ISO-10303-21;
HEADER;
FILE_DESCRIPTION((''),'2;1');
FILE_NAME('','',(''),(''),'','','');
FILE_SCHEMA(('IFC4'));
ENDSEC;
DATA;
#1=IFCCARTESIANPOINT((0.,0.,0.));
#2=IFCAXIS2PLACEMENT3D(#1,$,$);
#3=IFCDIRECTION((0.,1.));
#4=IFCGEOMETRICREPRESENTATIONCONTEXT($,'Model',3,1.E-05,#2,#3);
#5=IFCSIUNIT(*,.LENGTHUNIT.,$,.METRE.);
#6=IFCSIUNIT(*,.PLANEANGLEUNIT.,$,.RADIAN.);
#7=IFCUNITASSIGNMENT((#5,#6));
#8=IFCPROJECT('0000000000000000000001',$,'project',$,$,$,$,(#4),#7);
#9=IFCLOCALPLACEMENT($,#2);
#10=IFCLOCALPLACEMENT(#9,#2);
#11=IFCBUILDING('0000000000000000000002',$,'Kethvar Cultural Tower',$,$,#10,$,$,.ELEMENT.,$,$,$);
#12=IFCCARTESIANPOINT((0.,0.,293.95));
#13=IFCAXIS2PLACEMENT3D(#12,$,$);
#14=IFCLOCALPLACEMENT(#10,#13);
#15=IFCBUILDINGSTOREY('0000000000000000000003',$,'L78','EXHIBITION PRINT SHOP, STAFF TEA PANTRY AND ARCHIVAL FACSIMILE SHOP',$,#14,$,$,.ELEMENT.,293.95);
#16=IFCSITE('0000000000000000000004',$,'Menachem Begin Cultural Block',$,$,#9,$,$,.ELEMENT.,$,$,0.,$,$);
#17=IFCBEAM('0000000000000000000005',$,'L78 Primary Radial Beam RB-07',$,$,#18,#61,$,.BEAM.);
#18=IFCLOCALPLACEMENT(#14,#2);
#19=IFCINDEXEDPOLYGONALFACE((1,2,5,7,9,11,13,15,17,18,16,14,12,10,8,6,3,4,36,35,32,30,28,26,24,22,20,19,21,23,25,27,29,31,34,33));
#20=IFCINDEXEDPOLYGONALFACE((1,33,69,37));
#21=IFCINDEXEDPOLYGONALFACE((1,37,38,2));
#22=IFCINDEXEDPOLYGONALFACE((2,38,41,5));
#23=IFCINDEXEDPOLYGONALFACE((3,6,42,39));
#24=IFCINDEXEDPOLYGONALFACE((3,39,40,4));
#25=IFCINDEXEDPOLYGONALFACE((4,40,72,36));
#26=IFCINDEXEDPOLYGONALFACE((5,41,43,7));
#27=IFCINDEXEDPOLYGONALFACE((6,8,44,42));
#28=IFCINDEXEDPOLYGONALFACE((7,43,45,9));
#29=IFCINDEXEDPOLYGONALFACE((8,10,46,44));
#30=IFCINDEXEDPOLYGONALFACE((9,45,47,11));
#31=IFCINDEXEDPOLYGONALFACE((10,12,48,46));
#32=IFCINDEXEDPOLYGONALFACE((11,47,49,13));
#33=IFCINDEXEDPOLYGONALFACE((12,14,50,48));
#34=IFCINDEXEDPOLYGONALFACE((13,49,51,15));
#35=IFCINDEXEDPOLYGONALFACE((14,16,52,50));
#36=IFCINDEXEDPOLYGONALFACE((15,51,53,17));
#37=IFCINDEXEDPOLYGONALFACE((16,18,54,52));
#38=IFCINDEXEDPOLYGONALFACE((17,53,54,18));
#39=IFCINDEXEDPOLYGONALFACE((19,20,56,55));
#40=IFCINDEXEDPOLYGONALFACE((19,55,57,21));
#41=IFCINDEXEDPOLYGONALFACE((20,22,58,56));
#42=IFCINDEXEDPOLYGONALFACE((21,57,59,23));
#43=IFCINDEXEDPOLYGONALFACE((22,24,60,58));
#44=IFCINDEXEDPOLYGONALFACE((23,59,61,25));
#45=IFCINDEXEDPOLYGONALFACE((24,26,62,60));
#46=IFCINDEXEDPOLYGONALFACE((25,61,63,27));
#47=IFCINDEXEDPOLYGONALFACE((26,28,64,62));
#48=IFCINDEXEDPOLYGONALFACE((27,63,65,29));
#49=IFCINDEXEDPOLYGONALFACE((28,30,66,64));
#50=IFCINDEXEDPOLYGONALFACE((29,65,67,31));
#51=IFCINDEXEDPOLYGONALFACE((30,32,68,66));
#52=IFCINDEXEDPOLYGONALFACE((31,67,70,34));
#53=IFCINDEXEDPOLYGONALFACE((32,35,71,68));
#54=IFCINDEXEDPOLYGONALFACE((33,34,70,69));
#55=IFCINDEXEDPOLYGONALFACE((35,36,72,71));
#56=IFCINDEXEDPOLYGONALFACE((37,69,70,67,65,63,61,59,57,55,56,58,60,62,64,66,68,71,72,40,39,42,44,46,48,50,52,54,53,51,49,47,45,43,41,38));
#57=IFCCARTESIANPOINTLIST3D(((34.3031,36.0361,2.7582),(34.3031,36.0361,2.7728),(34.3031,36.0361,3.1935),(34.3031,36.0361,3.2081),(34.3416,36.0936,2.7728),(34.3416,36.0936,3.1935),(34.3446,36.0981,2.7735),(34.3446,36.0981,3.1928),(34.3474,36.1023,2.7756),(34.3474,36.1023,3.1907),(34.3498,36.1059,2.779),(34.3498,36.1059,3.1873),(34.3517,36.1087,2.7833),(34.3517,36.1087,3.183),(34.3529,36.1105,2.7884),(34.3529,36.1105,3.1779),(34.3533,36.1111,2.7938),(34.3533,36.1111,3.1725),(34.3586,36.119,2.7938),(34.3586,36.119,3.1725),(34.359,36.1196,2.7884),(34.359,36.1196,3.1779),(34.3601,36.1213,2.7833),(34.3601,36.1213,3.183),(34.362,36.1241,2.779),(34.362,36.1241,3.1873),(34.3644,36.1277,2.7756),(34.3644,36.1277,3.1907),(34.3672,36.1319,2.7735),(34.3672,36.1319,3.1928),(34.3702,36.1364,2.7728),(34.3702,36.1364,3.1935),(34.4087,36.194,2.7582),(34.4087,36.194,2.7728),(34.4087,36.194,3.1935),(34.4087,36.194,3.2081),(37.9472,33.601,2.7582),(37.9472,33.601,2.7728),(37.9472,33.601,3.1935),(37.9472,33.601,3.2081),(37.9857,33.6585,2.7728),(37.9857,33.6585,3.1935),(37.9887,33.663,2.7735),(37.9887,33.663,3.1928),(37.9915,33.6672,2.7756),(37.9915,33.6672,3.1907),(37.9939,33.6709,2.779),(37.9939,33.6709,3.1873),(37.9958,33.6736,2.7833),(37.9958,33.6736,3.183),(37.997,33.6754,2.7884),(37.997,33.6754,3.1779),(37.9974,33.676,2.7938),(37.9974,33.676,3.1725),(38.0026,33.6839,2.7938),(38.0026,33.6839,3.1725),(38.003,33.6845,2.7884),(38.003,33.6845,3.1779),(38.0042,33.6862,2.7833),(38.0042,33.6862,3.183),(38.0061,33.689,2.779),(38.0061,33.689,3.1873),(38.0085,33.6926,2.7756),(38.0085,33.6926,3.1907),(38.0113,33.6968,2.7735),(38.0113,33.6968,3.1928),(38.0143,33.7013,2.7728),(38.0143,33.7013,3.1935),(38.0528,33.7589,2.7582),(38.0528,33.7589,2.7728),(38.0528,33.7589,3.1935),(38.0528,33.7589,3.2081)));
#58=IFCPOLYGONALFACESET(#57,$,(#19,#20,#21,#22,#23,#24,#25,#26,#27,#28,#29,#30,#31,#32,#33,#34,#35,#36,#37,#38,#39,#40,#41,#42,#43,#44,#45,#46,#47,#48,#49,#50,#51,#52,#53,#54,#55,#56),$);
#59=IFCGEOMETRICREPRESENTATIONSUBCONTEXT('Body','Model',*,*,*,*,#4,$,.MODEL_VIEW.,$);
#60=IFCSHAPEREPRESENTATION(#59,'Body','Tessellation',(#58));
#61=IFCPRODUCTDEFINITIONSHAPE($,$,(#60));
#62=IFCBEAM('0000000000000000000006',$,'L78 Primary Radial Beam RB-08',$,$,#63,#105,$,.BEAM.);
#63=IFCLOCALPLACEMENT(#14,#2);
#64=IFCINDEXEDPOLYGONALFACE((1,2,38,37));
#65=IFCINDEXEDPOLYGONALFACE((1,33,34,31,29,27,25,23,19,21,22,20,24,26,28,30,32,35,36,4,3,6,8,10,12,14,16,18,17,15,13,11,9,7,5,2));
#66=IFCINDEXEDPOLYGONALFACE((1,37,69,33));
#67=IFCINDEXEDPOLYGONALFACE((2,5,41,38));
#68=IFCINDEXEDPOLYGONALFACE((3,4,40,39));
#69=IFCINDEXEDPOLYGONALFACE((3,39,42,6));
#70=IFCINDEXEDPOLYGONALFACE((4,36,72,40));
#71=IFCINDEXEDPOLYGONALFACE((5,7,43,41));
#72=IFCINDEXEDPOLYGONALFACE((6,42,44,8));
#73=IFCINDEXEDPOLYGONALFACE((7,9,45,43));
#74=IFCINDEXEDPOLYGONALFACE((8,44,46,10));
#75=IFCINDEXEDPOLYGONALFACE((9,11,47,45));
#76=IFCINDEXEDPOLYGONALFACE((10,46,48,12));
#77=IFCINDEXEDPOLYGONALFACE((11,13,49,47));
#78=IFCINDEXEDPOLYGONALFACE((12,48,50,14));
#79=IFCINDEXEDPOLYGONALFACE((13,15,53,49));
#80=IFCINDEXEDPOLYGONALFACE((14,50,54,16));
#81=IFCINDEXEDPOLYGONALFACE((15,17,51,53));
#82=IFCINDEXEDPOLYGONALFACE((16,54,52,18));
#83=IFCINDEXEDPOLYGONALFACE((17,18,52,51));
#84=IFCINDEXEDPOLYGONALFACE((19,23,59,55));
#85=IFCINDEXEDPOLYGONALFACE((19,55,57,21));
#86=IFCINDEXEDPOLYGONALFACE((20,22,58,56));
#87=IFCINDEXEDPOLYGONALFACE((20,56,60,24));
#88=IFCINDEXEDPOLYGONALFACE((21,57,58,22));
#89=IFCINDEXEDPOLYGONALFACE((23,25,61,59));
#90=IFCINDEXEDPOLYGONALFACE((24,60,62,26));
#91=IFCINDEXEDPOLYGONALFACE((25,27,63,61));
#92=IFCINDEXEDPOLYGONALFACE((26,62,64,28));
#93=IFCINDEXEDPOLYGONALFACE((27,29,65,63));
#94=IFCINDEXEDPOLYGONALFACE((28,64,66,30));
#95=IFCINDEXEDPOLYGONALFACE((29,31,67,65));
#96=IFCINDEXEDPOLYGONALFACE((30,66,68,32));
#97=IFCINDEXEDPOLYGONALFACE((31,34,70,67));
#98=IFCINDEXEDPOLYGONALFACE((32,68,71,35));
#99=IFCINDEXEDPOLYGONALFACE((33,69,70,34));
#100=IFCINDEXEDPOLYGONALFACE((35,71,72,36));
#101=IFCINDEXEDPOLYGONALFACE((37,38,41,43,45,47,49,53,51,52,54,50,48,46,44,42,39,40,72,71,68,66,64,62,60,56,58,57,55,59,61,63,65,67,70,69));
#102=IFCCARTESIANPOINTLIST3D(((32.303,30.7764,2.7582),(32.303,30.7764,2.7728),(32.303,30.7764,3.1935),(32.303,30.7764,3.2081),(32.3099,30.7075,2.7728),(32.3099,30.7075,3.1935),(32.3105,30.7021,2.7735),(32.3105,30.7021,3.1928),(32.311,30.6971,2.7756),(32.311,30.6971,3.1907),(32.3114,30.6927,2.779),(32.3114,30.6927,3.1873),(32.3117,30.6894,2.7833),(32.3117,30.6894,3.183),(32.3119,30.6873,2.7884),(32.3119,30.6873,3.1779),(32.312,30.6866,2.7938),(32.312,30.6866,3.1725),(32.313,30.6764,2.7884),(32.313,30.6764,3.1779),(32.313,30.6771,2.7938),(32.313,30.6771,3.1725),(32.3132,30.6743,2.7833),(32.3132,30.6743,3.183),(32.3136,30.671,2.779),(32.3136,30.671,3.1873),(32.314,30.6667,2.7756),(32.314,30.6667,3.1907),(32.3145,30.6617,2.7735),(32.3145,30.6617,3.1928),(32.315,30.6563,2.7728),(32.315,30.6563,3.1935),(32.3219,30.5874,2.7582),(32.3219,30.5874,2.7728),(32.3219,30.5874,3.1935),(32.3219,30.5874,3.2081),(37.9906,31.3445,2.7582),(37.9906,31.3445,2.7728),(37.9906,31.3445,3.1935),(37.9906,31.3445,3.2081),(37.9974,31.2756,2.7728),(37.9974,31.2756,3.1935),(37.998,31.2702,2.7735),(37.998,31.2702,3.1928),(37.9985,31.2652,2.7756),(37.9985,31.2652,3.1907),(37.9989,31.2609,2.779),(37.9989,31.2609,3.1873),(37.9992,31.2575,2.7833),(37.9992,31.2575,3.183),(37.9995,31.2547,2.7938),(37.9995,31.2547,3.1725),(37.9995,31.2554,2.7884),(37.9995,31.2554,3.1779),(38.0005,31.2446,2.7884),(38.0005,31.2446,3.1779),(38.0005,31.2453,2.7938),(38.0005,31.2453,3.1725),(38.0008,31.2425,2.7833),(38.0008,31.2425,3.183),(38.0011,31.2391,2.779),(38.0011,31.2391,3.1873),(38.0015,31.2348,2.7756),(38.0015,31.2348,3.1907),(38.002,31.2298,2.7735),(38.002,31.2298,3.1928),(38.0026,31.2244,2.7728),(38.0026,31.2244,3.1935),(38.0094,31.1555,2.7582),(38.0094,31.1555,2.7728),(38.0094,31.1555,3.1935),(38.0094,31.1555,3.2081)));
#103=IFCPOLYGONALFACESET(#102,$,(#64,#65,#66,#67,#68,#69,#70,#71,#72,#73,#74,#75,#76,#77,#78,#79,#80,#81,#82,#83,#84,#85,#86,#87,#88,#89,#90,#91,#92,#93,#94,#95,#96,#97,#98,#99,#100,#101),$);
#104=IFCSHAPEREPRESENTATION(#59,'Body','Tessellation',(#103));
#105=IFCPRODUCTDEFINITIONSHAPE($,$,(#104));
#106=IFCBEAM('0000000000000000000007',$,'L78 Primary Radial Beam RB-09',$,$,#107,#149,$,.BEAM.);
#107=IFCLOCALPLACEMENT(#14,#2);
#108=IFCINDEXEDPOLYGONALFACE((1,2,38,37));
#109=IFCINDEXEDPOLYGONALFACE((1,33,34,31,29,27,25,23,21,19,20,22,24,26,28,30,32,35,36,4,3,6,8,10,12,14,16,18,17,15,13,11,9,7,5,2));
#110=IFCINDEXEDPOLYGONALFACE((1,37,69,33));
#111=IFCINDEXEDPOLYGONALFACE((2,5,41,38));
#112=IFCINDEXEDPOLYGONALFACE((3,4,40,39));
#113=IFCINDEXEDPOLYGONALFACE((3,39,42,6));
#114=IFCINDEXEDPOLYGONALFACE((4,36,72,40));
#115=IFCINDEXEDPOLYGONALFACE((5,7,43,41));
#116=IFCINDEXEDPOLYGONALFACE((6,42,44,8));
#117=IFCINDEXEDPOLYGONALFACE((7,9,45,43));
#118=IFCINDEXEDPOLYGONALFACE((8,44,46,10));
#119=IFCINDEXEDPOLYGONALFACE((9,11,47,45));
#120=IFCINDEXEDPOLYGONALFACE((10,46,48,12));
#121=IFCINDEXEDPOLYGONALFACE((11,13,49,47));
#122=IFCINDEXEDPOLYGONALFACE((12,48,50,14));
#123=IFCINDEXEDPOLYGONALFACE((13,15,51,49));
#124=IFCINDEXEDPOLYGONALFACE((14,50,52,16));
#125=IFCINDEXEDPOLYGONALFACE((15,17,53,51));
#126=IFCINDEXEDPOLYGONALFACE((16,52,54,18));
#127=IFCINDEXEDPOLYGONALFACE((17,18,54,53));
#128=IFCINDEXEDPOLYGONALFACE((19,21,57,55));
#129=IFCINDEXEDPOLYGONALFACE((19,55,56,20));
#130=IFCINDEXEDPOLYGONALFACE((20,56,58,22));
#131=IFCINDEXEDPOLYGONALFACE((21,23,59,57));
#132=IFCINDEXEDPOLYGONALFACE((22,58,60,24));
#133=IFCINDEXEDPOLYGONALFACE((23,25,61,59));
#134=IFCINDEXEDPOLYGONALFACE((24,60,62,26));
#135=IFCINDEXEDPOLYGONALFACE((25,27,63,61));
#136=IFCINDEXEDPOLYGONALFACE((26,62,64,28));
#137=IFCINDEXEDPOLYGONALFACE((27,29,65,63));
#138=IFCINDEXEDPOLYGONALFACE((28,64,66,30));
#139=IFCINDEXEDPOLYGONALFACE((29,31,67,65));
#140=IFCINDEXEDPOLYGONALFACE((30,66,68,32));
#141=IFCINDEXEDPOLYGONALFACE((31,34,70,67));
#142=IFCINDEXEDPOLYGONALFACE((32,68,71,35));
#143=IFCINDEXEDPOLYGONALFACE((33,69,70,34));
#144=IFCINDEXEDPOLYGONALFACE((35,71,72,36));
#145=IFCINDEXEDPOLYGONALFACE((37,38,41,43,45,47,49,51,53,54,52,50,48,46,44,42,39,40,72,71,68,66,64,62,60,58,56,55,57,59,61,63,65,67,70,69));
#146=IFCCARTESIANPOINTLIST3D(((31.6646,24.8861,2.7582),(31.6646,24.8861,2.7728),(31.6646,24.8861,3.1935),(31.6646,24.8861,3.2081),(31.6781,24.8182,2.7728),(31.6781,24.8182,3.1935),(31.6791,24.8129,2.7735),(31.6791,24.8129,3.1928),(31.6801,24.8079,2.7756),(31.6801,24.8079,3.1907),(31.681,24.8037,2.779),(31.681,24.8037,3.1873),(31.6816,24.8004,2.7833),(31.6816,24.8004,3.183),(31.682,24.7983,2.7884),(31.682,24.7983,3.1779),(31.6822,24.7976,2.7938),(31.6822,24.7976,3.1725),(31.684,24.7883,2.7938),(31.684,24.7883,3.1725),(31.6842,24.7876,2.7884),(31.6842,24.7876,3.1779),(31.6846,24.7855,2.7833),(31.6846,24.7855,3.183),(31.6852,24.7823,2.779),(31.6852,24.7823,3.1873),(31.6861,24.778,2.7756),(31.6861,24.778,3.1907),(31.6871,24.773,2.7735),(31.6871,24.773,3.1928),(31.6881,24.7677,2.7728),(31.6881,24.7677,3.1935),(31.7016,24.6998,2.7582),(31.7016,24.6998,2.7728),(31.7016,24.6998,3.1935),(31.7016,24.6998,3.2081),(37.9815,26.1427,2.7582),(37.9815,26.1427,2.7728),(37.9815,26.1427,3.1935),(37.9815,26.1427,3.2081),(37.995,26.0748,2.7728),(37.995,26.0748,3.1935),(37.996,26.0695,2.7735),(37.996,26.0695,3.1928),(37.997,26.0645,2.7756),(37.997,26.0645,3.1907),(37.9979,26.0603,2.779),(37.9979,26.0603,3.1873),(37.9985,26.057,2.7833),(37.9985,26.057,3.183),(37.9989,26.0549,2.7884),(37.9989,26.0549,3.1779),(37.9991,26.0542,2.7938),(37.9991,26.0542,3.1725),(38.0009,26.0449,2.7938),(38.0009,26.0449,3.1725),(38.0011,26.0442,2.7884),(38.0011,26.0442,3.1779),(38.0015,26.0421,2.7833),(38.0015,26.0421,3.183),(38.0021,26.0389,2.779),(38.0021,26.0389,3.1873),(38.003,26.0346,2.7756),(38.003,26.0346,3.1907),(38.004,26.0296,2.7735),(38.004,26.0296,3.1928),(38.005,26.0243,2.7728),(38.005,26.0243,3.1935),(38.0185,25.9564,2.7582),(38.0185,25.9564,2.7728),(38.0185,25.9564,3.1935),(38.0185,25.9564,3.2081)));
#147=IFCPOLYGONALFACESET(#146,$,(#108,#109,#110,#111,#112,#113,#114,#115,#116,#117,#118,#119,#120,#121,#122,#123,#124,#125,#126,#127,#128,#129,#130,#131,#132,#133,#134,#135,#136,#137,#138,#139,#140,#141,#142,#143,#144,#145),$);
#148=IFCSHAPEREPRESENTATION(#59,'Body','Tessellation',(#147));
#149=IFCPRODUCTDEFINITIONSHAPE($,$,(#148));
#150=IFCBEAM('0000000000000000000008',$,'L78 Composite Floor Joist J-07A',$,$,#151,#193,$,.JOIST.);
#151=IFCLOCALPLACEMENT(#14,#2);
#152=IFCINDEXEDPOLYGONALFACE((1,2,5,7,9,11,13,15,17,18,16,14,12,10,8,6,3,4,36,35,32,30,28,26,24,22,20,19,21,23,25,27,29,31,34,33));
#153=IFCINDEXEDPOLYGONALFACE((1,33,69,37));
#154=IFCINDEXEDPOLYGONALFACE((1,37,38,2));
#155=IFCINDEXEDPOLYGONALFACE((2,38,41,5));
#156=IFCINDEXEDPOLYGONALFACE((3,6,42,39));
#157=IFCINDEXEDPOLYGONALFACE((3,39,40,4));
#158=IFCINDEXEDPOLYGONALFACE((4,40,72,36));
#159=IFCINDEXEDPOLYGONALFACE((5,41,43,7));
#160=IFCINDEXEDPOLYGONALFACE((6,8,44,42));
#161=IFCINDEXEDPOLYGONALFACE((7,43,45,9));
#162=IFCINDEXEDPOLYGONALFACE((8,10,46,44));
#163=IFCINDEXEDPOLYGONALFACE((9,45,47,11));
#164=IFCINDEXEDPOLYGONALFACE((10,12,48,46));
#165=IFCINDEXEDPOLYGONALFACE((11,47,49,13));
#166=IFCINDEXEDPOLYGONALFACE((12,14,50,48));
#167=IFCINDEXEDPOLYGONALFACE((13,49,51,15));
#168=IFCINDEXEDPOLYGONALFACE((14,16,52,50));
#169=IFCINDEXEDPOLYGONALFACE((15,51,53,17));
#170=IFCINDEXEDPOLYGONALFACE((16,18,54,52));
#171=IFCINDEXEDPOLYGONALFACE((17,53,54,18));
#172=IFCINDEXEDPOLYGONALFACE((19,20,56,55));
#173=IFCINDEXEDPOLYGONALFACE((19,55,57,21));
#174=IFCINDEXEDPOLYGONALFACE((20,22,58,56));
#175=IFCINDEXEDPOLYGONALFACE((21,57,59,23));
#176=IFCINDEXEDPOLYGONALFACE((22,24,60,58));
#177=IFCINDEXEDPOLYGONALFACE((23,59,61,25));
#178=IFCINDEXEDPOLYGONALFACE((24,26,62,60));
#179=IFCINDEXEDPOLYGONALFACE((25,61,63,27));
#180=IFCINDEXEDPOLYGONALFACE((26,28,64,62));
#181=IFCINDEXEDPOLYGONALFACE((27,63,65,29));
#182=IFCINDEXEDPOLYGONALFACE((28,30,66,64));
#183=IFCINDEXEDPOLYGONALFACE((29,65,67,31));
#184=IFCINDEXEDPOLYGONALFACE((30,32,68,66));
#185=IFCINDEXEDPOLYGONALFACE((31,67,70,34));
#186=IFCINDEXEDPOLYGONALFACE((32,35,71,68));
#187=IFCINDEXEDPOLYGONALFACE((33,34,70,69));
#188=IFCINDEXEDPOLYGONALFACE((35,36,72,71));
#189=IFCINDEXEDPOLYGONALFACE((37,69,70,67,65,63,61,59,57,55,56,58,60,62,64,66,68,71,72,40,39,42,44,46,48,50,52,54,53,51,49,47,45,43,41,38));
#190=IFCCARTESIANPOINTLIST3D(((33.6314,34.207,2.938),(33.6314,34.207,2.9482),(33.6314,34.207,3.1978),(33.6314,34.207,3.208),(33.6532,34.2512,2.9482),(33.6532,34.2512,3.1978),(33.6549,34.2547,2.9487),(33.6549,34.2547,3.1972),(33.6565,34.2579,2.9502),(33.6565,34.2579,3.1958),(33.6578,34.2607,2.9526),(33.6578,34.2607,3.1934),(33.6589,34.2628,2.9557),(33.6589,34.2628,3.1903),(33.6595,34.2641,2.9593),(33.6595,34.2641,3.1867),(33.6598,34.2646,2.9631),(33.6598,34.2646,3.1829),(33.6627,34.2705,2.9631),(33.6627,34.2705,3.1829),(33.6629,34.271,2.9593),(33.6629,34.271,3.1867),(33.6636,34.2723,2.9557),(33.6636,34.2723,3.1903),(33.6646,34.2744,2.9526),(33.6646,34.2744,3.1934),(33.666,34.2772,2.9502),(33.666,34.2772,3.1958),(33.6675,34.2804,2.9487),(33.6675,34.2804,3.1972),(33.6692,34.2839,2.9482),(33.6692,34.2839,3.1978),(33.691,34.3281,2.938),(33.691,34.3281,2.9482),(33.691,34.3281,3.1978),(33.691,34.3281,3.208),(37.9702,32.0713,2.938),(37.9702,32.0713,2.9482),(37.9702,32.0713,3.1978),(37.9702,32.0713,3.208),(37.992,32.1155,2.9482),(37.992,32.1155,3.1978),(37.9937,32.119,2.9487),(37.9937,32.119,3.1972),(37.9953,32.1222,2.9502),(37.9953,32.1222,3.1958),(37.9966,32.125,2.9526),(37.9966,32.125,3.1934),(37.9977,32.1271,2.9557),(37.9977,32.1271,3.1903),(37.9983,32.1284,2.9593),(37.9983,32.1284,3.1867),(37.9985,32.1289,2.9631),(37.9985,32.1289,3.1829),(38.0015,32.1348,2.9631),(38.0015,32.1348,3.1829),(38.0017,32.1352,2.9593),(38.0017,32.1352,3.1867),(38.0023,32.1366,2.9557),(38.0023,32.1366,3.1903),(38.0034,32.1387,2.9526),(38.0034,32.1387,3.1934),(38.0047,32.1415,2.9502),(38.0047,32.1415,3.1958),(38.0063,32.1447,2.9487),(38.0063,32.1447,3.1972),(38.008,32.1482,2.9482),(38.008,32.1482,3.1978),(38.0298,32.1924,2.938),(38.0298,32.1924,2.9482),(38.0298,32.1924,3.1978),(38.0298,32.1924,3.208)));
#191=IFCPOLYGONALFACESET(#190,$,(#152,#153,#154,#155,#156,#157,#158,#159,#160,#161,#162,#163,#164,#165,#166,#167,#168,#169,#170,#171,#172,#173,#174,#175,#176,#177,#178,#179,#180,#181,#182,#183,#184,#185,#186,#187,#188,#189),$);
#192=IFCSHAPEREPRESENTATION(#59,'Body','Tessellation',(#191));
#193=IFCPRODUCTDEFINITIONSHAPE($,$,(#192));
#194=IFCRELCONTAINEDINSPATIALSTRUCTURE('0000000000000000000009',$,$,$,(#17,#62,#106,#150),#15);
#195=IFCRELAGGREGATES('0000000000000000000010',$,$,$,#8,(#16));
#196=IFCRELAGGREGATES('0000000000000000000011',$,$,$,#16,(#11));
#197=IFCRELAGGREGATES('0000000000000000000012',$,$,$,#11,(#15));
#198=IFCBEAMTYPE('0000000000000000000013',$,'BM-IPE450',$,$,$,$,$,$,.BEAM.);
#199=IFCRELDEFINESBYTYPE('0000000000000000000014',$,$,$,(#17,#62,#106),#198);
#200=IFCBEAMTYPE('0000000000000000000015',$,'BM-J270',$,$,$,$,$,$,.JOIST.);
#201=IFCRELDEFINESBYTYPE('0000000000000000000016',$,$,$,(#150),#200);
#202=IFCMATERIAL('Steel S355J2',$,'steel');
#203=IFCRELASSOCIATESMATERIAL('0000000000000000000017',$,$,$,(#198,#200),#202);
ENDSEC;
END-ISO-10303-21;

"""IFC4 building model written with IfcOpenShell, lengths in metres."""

from ifc_helpers import new_model, si_unit, direction, frame, origin, origin_2d, place, context, subcontext, project, spatial, i_section, extrude, source, transform, mapped, material, material_profile, profile_set, type_object, element, save


model = new_model("IFC4")

# Units and contexts
model_context = context("Model", 3, precision=1e-05, world=origin(), true_north=direction((0.0, 1.0)))
body_context = subcontext(model_context, "Body", "Model", "MODEL_VIEW")
ifc_project = project(units=[si_unit("LENGTHUNIT", "METRE"), si_unit("PLANEANGLEUNIT", "RADIAN")], contexts=[model_context])

# Site, building, storey
site_placement = place(None, origin())
site = spatial("IfcSite", under=ifc_project, at=site_placement, Name="Menachem Begin Cultural Block", CompositionType="ELEMENT", RefElevation=0.0)
building_placement = place(site_placement, origin())
building = spatial("IfcBuilding", under=site, at=building_placement, Name="Kethvar Cultural Tower", CompositionType="ELEMENT")
storey_placement = place(building_placement, frame((0.0, 0.0, 293.95)))
storey = spatial("IfcBuildingStorey", under=building, at=storey_placement, Name="L78", Description="EXHIBITION PRINT SHOP, STAFF TEA PANTRY AND ARCHIVAL FACSIMILE SHOP", CompositionType="ELEMENT", Elevation=293.95)

# Beams
ifc_material_1 = material(Name="Steel S355J2", Category="steel")
ifc_material_profile_1 = material_profile(ifc_material_1, i_section(OverallWidth=0.1899, OverallDepth=0.45, WebThickness=0.0095, FlangeThickness=0.0146, FilletRadius=0.021, at=origin_2d()), Name="Steel S355J2 — IPE450")
ifc_profile_set_1 = profile_set([ifc_material_profile_1], Name="Steel S355J2 — IPE450")
beam_type_1 = type_object("IfcBeamType", Name="BM-IPE450", PredefinedType="BEAM", material=ifc_profile_set_1)
shared_shape_1 = source(origin(), body_context, "Body", "SweptSolid", [
    extrude(i_section(OverallWidth=0.1899, OverallDepth=0.45, WebThickness=0.0095, FlangeThickness=0.0146, FilletRadius=0.021, at=origin_2d()), origin(), (0.0, 0.0, 1.0), 4.3828),
])
beam_1_placement = place(storey_placement, frame((38.0, 33.6799, 2.9832), z_axis=(-0.83145, 0.5556, 0.0), x_axis=(-0.5556, -0.83145, 0.0)))
element("IfcBeam", 1, at=beam_1_placement, inside=storey, type_object=beam_type_1, Name="L78 Primary Radial Beam RB-07", PredefinedType="BEAM", context=body_context, shape_type="MappedRepresentation", body=[
    mapped(shared_shape_1, transform((0.0, 0.0, 0.0), scale=1.0)),
])
shared_shape_2 = source(origin(), body_context, "Body", "SweptSolid", [
    extrude(i_section(OverallWidth=0.1899, OverallDepth=0.45, WebThickness=0.0095, FlangeThickness=0.0146, FilletRadius=0.021, at=origin_2d()), origin(), (0.0, 0.0, 1.0), 5.7158),
])
beam_2_placement = place(storey_placement, frame((38.0, 31.25, 2.9832), z_axis=(-0.995048, -0.099394, 0.0), x_axis=(0.099394, -0.995048, 0.0)))
element("IfcBeam", 2, at=beam_2_placement, inside=storey, type_object=beam_type_1, Name="L78 Primary Radial Beam RB-08", PredefinedType="BEAM", context=body_context, shape_type="MappedRepresentation", body=[
    mapped(shared_shape_2, transform((0.0, 0.0, 0.0), scale=1.0)),
])
shared_shape_3 = source(origin(), body_context, "Body", "SweptSolid", [
    extrude(i_section(OverallWidth=0.1899, OverallDepth=0.45, WebThickness=0.0095, FlangeThickness=0.0146, FilletRadius=0.021, at=origin_2d()), origin(), (0.0, 0.0, 1.0), 6.4407),
])
beam_3_placement = place(storey_placement, frame((38.0, 26.0496, 2.9832), z_axis=(-0.980783, -0.195103, 0.0), x_axis=(0.195103, -0.980783, 0.0)))
element("IfcBeam", 3, at=beam_3_placement, inside=storey, type_object=beam_type_1, Name="L78 Primary Radial Beam RB-09", PredefinedType="BEAM", context=body_context, shape_type="MappedRepresentation", body=[
    mapped(shared_shape_3, transform((0.0, 0.0, 0.0), scale=1.0)),
])
ifc_material_profile_2 = material_profile(ifc_material_1, i_section(OverallWidth=0.135, OverallDepth=0.27, WebThickness=0.0066, FlangeThickness=0.0103, FilletRadius=0.0149, at=origin_2d()), Name="Steel S355J2 — IPE270")
ifc_profile_set_2 = profile_set([ifc_material_profile_2], Name="Steel S355J2 — IPE270")
beam_type_2 = type_object("IfcBeamType", Name="BM-J270", PredefinedType="JOIST", material=ifc_profile_set_2)
shared_shape_4 = source(origin(), body_context, "Body", "SweptSolid", [
    extrude(i_section(OverallWidth=0.135, OverallDepth=0.27, WebThickness=0.0066, FlangeThickness=0.0103, FilletRadius=0.0149, at=origin_2d()), origin(), (0.0, 0.0, 1.0), 4.8359),
])
beam_4_placement = place(storey_placement, frame((38.0, 32.1318, 3.073), z_axis=(-0.897197, 0.441632, 0.0), x_axis=(-0.441632, -0.897197, 0.0)))
element("IfcBeam", 4, at=beam_4_placement, inside=storey, type_object=beam_type_2, Name="L78 Composite Floor Joist J-07A", PredefinedType="JOIST", context=body_context, shape_type="MappedRepresentation", body=[
    mapped(shared_shape_4, transform((0.0, 0.0, 0.0), scale=1.0)),
])

save(model, "model.ifc")
